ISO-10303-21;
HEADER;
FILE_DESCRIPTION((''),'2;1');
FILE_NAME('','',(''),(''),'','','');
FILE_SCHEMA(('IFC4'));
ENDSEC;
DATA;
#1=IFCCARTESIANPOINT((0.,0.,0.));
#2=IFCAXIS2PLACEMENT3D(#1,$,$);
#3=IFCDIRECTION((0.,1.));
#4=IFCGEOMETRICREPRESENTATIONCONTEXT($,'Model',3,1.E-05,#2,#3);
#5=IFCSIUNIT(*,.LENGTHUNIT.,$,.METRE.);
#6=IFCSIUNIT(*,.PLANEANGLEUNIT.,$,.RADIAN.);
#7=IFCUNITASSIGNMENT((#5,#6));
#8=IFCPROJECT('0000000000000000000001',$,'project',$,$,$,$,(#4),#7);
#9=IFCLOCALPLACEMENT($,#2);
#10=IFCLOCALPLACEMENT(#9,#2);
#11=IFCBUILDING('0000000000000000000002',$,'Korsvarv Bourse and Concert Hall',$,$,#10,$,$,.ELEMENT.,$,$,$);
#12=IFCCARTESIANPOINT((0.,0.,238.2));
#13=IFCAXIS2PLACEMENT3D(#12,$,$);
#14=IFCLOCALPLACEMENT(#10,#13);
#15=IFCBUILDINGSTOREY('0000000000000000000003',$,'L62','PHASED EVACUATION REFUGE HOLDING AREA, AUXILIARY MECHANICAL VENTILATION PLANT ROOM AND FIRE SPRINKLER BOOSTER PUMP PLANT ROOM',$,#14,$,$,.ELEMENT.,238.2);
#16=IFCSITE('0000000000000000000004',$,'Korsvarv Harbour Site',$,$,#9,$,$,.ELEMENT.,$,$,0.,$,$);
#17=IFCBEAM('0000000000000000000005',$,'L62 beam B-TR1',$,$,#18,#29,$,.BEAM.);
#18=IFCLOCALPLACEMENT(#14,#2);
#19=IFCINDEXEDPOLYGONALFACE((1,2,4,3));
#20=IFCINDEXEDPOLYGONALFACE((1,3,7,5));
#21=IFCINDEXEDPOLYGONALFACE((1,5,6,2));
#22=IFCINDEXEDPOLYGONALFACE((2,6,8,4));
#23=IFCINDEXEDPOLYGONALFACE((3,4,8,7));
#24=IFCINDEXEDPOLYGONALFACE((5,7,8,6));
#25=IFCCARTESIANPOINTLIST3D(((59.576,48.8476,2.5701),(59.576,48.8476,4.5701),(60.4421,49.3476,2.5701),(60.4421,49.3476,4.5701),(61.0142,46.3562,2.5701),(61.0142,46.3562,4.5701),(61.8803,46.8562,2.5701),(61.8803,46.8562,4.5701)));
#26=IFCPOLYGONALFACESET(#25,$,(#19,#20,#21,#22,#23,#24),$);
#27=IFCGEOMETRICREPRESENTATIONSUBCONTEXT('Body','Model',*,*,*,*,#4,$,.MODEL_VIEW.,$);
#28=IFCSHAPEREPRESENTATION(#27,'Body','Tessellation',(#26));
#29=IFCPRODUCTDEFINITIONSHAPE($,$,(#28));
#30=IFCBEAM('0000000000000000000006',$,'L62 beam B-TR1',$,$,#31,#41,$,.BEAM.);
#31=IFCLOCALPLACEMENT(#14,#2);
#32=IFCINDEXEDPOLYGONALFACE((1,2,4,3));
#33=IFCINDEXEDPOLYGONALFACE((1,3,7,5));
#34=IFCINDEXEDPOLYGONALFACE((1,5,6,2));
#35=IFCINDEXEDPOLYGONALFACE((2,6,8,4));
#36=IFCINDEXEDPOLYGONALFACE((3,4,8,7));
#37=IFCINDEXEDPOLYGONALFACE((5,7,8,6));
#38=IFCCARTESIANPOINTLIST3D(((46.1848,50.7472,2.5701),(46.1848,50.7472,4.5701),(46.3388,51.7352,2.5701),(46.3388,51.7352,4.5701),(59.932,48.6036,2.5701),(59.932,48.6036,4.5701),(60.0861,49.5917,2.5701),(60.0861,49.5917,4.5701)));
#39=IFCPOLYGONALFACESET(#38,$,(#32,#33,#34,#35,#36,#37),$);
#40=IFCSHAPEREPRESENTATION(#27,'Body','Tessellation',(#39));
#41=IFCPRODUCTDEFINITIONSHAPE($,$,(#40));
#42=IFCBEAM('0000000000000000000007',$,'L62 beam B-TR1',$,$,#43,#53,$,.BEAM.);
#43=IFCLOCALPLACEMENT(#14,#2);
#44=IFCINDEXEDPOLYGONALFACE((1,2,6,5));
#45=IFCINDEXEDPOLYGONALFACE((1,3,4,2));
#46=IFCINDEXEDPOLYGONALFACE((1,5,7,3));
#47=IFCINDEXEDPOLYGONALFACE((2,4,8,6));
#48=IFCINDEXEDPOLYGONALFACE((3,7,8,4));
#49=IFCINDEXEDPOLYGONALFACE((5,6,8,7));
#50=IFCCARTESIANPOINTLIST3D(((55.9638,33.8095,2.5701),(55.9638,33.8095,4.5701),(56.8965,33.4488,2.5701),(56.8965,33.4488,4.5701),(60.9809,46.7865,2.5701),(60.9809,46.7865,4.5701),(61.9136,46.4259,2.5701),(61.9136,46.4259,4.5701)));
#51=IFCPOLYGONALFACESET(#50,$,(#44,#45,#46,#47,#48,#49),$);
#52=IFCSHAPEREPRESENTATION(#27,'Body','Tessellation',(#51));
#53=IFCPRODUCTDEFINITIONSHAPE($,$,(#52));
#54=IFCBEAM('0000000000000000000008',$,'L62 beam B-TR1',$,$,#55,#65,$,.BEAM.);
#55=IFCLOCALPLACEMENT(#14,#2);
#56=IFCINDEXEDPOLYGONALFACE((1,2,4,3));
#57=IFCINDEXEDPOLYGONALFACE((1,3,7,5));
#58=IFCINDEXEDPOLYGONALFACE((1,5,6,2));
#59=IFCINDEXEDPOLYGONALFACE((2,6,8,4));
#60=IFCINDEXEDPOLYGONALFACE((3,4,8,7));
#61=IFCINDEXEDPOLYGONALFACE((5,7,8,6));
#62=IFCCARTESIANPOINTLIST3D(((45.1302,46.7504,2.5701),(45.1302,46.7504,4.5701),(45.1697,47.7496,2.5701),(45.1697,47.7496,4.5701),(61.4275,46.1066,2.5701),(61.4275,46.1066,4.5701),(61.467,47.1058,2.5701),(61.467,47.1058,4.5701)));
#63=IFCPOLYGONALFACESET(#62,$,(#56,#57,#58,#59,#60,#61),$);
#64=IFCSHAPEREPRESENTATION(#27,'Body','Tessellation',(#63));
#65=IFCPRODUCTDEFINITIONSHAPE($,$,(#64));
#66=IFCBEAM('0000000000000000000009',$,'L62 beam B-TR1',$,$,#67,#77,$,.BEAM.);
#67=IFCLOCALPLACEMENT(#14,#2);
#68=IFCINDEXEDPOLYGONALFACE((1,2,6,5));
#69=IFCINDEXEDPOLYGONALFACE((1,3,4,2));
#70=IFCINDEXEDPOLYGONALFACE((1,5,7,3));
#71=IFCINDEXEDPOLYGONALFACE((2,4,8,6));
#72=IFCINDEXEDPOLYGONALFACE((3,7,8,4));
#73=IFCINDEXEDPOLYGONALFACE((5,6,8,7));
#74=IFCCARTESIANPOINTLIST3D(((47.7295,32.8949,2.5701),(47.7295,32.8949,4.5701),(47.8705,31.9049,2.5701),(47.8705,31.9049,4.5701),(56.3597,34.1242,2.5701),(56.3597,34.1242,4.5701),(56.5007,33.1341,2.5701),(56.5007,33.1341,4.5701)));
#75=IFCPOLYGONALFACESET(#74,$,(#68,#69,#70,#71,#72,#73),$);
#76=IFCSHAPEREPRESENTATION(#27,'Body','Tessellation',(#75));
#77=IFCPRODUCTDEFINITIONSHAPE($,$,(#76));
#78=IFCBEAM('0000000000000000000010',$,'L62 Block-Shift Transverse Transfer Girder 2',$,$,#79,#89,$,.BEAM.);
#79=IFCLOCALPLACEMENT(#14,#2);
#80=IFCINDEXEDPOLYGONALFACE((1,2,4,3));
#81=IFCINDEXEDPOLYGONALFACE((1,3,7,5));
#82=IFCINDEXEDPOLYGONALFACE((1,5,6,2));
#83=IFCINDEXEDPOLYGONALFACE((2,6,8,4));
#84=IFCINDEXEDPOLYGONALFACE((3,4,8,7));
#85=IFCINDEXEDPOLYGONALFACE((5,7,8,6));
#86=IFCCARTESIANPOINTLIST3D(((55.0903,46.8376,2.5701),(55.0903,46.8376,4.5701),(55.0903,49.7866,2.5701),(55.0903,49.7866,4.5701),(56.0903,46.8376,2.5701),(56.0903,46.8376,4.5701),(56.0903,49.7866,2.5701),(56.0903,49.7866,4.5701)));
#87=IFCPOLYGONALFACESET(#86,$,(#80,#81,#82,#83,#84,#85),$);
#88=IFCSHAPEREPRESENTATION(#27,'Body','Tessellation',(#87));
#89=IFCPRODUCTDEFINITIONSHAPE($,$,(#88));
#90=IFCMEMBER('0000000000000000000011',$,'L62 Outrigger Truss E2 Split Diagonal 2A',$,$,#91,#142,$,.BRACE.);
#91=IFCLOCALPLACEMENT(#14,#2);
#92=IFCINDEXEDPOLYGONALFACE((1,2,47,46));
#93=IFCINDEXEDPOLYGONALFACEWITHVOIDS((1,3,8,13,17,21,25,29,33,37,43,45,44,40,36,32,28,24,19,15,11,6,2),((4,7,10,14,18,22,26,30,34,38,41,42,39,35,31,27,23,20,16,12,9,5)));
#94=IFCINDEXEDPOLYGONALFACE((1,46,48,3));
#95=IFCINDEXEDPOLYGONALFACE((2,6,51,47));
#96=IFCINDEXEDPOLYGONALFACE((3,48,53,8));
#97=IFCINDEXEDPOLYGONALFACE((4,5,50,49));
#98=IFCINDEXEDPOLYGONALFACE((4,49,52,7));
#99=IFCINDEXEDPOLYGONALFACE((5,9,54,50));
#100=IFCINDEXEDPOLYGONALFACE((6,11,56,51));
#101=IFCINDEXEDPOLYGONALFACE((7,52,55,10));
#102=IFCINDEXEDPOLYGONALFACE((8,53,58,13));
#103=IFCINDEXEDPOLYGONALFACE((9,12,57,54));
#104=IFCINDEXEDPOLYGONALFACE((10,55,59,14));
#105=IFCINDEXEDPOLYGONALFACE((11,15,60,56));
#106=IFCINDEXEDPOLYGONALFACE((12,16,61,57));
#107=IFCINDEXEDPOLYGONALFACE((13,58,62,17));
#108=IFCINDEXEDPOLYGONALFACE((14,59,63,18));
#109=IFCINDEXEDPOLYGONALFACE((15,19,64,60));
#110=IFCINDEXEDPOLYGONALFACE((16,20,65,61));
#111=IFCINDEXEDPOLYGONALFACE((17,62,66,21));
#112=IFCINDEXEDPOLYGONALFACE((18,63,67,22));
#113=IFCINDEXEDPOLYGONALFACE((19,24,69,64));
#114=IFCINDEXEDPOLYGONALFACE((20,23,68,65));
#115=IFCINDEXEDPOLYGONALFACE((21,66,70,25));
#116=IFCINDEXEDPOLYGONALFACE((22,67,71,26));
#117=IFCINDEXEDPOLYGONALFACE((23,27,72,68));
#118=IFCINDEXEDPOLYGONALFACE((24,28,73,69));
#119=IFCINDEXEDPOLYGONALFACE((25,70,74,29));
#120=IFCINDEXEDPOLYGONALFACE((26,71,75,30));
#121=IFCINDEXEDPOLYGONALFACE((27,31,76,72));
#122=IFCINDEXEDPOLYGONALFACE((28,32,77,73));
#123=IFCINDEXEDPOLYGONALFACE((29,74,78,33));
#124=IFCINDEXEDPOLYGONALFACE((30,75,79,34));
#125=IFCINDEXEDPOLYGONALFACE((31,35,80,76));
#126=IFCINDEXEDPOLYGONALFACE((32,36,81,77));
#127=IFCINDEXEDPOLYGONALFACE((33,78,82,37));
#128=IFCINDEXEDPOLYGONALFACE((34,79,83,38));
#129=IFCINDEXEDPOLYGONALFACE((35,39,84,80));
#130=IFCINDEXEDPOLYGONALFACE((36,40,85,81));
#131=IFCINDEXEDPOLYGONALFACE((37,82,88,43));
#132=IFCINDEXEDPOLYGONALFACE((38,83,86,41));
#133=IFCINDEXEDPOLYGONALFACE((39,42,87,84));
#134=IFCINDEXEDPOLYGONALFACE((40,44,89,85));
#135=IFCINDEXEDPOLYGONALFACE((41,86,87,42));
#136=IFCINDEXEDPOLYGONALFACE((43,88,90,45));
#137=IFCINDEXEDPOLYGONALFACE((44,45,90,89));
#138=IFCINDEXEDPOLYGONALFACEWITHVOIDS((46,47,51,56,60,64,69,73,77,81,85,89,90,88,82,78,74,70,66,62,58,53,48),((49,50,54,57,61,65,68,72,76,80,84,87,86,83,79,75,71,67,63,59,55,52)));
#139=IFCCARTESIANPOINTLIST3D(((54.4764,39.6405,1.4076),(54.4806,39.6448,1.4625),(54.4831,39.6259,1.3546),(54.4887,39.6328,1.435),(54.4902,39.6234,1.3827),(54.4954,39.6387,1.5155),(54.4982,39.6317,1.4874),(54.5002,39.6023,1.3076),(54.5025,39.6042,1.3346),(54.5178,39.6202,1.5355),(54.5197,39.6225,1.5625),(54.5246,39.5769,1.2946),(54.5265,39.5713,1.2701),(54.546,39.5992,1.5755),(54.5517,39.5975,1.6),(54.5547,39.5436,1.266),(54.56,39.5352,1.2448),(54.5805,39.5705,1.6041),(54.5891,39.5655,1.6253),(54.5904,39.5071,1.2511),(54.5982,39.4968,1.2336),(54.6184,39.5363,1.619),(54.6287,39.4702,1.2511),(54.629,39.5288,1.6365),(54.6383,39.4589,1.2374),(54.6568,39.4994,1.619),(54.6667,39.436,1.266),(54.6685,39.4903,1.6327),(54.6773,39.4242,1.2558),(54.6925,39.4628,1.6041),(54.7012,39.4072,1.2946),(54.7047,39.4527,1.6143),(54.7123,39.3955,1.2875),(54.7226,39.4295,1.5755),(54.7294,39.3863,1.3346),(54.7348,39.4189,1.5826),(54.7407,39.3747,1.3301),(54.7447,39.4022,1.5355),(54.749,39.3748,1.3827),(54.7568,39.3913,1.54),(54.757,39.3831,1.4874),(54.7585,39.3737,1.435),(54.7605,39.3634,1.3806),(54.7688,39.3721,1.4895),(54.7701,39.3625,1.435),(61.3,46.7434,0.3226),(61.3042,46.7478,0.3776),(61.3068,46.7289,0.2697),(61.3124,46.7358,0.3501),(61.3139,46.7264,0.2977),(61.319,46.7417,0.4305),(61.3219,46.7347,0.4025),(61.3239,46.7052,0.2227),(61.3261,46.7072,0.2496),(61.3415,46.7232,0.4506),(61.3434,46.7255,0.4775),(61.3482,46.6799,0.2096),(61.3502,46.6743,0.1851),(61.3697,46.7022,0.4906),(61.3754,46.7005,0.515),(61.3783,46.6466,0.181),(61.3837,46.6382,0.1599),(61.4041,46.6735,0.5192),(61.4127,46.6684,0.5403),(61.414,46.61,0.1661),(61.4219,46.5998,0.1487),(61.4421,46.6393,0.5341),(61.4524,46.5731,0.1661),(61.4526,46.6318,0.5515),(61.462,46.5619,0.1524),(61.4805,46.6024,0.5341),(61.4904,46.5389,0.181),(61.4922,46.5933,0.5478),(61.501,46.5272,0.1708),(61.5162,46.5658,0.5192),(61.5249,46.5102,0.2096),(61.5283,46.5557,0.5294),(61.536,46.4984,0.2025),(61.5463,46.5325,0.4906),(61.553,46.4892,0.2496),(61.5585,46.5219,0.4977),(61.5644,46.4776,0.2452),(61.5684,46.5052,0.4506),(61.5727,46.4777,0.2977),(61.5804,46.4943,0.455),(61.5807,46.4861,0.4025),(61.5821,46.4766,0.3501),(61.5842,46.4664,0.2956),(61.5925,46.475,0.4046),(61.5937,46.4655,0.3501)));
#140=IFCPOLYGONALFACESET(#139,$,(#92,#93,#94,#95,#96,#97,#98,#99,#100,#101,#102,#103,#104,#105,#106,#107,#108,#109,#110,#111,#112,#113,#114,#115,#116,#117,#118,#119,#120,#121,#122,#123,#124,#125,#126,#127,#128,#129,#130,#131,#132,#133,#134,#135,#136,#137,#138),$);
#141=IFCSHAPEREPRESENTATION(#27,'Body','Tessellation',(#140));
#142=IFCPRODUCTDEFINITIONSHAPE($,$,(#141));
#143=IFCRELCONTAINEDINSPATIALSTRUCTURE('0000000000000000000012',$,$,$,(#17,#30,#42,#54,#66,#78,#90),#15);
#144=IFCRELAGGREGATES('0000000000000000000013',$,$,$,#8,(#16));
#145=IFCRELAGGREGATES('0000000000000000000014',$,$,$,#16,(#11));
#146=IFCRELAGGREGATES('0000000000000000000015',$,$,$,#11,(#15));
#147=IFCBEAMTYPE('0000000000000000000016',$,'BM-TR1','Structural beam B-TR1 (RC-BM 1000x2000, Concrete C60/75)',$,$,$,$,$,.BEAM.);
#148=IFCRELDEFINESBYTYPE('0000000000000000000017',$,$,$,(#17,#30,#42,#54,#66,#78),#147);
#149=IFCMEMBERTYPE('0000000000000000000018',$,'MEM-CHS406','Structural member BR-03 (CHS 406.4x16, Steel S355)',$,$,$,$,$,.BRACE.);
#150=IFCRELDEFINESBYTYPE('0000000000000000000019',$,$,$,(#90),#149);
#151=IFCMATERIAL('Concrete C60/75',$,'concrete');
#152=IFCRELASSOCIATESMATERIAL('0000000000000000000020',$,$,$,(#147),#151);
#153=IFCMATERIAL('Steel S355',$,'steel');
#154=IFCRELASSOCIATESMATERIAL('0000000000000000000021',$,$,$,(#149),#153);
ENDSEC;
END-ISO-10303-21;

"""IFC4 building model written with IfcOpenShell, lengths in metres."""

from ifc_helpers import new_model, si_unit, direction, frame, origin, origin_2d, place, context, subcontext, project, spatial, rectangle, hollow_circle, extrude, source, transform, mapped, material, material_profile, profile_set, type_object, element, save


model = new_model("IFC4")

# Units and contexts
model_context = context("Model", 3, precision=1e-05, world=origin(), true_north=direction((0.0, 1.0)))
body_context = subcontext(model_context, "Body", "Model", "MODEL_VIEW")
ifc_project = project(units=[si_unit("LENGTHUNIT", "METRE"), si_unit("PLANEANGLEUNIT", "RADIAN")], contexts=[model_context])

# Site, building, storey
site_placement = place(None, origin())
site = spatial("IfcSite", under=ifc_project, at=site_placement, Name="Korsvarv Harbour Site", CompositionType="ELEMENT", RefElevation=0.0)
building_placement = place(site_placement, origin())
building = spatial("IfcBuilding", under=site, at=building_placement, Name="Korsvarv Bourse and Concert Hall", CompositionType="ELEMENT")
storey_placement = place(building_placement, frame((0.0, 0.0, 238.2)))
storey = spatial("IfcBuildingStorey", under=building, at=storey_placement, Name="L62", Description="PHASED EVACUATION REFUGE HOLDING AREA, AUXILIARY MECHANICAL VENTILATION PLANT ROOM AND FIRE SPRINKLER BOOSTER PUMP PLANT ROOM", CompositionType="ELEMENT", Elevation=238.2)

# Shared definitions
ifc_material_1 = material(Name="Steel S355", Category="steel")

# Beams
ifc_material_2 = material(Name="Concrete C60/75", Category="concrete")
ifc_material_profile_1 = material_profile(ifc_material_2, rectangle(XDim=1.0, YDim=2.0, at=origin_2d()), Name="RC-BM 1000x2000")
ifc_profile_set_1 = profile_set([ifc_material_profile_1], Name="Concrete C60/75")
beam_type = type_object("IfcBeamType", Name="BM-TR1", Description="Structural beam B-TR1 (RC-BM 1000x2000, Concrete C60/75)", PredefinedType="BEAM", material=ifc_profile_set_1)
shared_shape_1 = source(origin(), body_context, "Body", "SweptSolid", [
    extrude(rectangle(XDim=1.0, YDim=2.0, at=origin_2d()), origin(), (0.0, 0.0, 1.0), 2.8767),
])
beam_1_placement = place(storey_placement, frame((61.4473, 46.6062, 3.5701), z_axis=(-0.499945, 0.866057, 0.0), x_axis=(-0.866057, -0.499945, 0.0)))
element("IfcBeam", 1, at=beam_1_placement, inside=storey, type_object=beam_type, Name="L62 beam B-TR1", PredefinedType="BEAM", context=body_context, shape_type="MappedRepresentation", body=[
    mapped(shared_shape_1, transform((0.0, 0.0, 0.0), scale=1.0)),
])
shared_shape_2 = source(origin(), body_context, "Body", "SweptSolid", [
    extrude(rectangle(XDim=1.0, YDim=2.0, at=origin_2d()), origin(), (0.0, 0.0, 1.0), 13.9133),
])
beam_2_placement = place(storey_placement, frame((60.009, 49.0977, 3.5701), z_axis=(-0.988061, 0.154064, 0.0), x_axis=(-0.154064, -0.988061, 0.0)))
element("IfcBeam", 2, at=beam_2_placement, inside=storey, type_object=beam_type, Name="L62 beam B-TR1", PredefinedType="BEAM", context=body_context, shape_type="MappedRepresentation", body=[
    mapped(shared_shape_2, transform((0.0, 0.0, 0.0), scale=1.0)),
])
shared_shape_3 = source(origin(), body_context, "Body", "SweptSolid", [
    extrude(rectangle(XDim=1.0, YDim=2.0, at=origin_2d()), origin(), (0.0, 0.0, 1.0), 13.9131),
])
beam_3_placement = place(storey_placement, frame((56.4302, 33.6292, 3.5701), z_axis=(0.360601, 0.93272, 0.0), x_axis=(-0.93272, 0.360601, 0.0)))
element("IfcBeam", 3, at=beam_3_placement, inside=storey, type_object=beam_type, Name="L62 beam B-TR1", PredefinedType="BEAM", context=body_context, shape_type="MappedRepresentation", body=[
    mapped(shared_shape_3, transform((0.0, 0.0, 0.0), scale=1.0)),
])
shared_shape_4 = source(origin(), body_context, "Body", "SweptSolid", [
    extrude(rectangle(XDim=1.0, YDim=2.0, at=origin_2d()), origin(), (0.0, 0.0, 1.0), 16.3101),
])
beam_4_placement = place(storey_placement, frame((61.4473, 46.6062, 3.5701), z_axis=(-0.999221, 0.039472, 0.0), x_axis=(-0.039472, -0.999221, 0.0)))
element("IfcBeam", 4, at=beam_4_placement, inside=storey, type_object=beam_type, Name="L62 beam B-TR1", PredefinedType="BEAM", context=body_context, shape_type="MappedRepresentation", body=[
    mapped(shared_shape_4, transform((0.0, 0.0, 0.0), scale=1.0)),
])
shared_shape_5 = source(origin(), body_context, "Body", "SweptSolid", [
    extrude(rectangle(XDim=1.0, YDim=2.0, at=origin_2d()), origin(), (0.0, 0.0, 1.0), 8.7173),
])
beam_5_placement = place(storey_placement, frame((56.4302, 33.6292, 3.5701), z_axis=(-0.990008, -0.141014, 0.0), x_axis=(0.141014, -0.990008, 0.0)))
element("IfcBeam", 5, at=beam_5_placement, inside=storey, type_object=beam_type, Name="L62 beam B-TR1", PredefinedType="BEAM", context=body_context, shape_type="MappedRepresentation", body=[
    mapped(shared_shape_5, transform((0.0, 0.0, 0.0), scale=1.0)),
])
shared_shape_6 = source(origin(), body_context, "Body", "SweptSolid", [
    extrude(rectangle(XDim=1.0, YDim=2.0, at=origin_2d()), origin(), (0.0, 0.0, 1.0), 2.949),
])
beam_6_placement = place(storey_placement, frame((55.5903, 46.8376, 3.5701), z_axis=(0.0, 1.0, 0.0), x_axis=(-1.0, 0.0, 0.0)))
element("IfcBeam", 6, at=beam_6_placement, inside=storey, type_object=beam_type, Name="L62 Block-Shift Transverse Transfer Girder 2", PredefinedType="BEAM", context=body_context, shape_type="MappedRepresentation", body=[
    mapped(shared_shape_6, transform((0.0, 0.0, 0.0), scale=1.0)),
])

# Member
ifc_material_profile_2 = material_profile(ifc_material_1, hollow_circle(Radius=0.2031, WallThickness=0.0161, at=origin_2d()), Name="CHS 406.4x16")
ifc_profile_set_2 = profile_set([ifc_material_profile_2], Name="Steel S355")
member_type_1 = type_object("IfcMemberType", Name="MEM-CHS406", Description="Structural member BR-03 (CHS 406.4x16, Steel S355)", PredefinedType="BRACE", material=ifc_profile_set_2)
shared_shape_7 = source(origin(), body_context, "Body", "SweptSolid", [
    extrude(hollow_circle(Radius=0.2031, WallThickness=0.0161, at=origin_2d()), origin(), (0.0, 0.0, 1.0), 9.9092),
])
for number, where, z_axis, x_axis, name in (
    (7, (61.4473, 46.6062, 0.3501), (-0.688622, -0.716807, 0.10949), (0.721143, -0.692787, 0.0), "L62 Outrigger Truss E2 Split Diagonal 2A"),
):
    element("IfcMember", number, at=place(storey_placement, frame(where, z_axis=z_axis, x_axis=x_axis)), inside=storey, type_object=member_type_1, Name=name, PredefinedType="BRACE", context=body_context, shape_type="MappedRepresentation", body=[
        mapped(shared_shape_7, transform((0.0, 0.0, 0.0), scale=1.0)),
    ])

save(model, "model.ifc")
